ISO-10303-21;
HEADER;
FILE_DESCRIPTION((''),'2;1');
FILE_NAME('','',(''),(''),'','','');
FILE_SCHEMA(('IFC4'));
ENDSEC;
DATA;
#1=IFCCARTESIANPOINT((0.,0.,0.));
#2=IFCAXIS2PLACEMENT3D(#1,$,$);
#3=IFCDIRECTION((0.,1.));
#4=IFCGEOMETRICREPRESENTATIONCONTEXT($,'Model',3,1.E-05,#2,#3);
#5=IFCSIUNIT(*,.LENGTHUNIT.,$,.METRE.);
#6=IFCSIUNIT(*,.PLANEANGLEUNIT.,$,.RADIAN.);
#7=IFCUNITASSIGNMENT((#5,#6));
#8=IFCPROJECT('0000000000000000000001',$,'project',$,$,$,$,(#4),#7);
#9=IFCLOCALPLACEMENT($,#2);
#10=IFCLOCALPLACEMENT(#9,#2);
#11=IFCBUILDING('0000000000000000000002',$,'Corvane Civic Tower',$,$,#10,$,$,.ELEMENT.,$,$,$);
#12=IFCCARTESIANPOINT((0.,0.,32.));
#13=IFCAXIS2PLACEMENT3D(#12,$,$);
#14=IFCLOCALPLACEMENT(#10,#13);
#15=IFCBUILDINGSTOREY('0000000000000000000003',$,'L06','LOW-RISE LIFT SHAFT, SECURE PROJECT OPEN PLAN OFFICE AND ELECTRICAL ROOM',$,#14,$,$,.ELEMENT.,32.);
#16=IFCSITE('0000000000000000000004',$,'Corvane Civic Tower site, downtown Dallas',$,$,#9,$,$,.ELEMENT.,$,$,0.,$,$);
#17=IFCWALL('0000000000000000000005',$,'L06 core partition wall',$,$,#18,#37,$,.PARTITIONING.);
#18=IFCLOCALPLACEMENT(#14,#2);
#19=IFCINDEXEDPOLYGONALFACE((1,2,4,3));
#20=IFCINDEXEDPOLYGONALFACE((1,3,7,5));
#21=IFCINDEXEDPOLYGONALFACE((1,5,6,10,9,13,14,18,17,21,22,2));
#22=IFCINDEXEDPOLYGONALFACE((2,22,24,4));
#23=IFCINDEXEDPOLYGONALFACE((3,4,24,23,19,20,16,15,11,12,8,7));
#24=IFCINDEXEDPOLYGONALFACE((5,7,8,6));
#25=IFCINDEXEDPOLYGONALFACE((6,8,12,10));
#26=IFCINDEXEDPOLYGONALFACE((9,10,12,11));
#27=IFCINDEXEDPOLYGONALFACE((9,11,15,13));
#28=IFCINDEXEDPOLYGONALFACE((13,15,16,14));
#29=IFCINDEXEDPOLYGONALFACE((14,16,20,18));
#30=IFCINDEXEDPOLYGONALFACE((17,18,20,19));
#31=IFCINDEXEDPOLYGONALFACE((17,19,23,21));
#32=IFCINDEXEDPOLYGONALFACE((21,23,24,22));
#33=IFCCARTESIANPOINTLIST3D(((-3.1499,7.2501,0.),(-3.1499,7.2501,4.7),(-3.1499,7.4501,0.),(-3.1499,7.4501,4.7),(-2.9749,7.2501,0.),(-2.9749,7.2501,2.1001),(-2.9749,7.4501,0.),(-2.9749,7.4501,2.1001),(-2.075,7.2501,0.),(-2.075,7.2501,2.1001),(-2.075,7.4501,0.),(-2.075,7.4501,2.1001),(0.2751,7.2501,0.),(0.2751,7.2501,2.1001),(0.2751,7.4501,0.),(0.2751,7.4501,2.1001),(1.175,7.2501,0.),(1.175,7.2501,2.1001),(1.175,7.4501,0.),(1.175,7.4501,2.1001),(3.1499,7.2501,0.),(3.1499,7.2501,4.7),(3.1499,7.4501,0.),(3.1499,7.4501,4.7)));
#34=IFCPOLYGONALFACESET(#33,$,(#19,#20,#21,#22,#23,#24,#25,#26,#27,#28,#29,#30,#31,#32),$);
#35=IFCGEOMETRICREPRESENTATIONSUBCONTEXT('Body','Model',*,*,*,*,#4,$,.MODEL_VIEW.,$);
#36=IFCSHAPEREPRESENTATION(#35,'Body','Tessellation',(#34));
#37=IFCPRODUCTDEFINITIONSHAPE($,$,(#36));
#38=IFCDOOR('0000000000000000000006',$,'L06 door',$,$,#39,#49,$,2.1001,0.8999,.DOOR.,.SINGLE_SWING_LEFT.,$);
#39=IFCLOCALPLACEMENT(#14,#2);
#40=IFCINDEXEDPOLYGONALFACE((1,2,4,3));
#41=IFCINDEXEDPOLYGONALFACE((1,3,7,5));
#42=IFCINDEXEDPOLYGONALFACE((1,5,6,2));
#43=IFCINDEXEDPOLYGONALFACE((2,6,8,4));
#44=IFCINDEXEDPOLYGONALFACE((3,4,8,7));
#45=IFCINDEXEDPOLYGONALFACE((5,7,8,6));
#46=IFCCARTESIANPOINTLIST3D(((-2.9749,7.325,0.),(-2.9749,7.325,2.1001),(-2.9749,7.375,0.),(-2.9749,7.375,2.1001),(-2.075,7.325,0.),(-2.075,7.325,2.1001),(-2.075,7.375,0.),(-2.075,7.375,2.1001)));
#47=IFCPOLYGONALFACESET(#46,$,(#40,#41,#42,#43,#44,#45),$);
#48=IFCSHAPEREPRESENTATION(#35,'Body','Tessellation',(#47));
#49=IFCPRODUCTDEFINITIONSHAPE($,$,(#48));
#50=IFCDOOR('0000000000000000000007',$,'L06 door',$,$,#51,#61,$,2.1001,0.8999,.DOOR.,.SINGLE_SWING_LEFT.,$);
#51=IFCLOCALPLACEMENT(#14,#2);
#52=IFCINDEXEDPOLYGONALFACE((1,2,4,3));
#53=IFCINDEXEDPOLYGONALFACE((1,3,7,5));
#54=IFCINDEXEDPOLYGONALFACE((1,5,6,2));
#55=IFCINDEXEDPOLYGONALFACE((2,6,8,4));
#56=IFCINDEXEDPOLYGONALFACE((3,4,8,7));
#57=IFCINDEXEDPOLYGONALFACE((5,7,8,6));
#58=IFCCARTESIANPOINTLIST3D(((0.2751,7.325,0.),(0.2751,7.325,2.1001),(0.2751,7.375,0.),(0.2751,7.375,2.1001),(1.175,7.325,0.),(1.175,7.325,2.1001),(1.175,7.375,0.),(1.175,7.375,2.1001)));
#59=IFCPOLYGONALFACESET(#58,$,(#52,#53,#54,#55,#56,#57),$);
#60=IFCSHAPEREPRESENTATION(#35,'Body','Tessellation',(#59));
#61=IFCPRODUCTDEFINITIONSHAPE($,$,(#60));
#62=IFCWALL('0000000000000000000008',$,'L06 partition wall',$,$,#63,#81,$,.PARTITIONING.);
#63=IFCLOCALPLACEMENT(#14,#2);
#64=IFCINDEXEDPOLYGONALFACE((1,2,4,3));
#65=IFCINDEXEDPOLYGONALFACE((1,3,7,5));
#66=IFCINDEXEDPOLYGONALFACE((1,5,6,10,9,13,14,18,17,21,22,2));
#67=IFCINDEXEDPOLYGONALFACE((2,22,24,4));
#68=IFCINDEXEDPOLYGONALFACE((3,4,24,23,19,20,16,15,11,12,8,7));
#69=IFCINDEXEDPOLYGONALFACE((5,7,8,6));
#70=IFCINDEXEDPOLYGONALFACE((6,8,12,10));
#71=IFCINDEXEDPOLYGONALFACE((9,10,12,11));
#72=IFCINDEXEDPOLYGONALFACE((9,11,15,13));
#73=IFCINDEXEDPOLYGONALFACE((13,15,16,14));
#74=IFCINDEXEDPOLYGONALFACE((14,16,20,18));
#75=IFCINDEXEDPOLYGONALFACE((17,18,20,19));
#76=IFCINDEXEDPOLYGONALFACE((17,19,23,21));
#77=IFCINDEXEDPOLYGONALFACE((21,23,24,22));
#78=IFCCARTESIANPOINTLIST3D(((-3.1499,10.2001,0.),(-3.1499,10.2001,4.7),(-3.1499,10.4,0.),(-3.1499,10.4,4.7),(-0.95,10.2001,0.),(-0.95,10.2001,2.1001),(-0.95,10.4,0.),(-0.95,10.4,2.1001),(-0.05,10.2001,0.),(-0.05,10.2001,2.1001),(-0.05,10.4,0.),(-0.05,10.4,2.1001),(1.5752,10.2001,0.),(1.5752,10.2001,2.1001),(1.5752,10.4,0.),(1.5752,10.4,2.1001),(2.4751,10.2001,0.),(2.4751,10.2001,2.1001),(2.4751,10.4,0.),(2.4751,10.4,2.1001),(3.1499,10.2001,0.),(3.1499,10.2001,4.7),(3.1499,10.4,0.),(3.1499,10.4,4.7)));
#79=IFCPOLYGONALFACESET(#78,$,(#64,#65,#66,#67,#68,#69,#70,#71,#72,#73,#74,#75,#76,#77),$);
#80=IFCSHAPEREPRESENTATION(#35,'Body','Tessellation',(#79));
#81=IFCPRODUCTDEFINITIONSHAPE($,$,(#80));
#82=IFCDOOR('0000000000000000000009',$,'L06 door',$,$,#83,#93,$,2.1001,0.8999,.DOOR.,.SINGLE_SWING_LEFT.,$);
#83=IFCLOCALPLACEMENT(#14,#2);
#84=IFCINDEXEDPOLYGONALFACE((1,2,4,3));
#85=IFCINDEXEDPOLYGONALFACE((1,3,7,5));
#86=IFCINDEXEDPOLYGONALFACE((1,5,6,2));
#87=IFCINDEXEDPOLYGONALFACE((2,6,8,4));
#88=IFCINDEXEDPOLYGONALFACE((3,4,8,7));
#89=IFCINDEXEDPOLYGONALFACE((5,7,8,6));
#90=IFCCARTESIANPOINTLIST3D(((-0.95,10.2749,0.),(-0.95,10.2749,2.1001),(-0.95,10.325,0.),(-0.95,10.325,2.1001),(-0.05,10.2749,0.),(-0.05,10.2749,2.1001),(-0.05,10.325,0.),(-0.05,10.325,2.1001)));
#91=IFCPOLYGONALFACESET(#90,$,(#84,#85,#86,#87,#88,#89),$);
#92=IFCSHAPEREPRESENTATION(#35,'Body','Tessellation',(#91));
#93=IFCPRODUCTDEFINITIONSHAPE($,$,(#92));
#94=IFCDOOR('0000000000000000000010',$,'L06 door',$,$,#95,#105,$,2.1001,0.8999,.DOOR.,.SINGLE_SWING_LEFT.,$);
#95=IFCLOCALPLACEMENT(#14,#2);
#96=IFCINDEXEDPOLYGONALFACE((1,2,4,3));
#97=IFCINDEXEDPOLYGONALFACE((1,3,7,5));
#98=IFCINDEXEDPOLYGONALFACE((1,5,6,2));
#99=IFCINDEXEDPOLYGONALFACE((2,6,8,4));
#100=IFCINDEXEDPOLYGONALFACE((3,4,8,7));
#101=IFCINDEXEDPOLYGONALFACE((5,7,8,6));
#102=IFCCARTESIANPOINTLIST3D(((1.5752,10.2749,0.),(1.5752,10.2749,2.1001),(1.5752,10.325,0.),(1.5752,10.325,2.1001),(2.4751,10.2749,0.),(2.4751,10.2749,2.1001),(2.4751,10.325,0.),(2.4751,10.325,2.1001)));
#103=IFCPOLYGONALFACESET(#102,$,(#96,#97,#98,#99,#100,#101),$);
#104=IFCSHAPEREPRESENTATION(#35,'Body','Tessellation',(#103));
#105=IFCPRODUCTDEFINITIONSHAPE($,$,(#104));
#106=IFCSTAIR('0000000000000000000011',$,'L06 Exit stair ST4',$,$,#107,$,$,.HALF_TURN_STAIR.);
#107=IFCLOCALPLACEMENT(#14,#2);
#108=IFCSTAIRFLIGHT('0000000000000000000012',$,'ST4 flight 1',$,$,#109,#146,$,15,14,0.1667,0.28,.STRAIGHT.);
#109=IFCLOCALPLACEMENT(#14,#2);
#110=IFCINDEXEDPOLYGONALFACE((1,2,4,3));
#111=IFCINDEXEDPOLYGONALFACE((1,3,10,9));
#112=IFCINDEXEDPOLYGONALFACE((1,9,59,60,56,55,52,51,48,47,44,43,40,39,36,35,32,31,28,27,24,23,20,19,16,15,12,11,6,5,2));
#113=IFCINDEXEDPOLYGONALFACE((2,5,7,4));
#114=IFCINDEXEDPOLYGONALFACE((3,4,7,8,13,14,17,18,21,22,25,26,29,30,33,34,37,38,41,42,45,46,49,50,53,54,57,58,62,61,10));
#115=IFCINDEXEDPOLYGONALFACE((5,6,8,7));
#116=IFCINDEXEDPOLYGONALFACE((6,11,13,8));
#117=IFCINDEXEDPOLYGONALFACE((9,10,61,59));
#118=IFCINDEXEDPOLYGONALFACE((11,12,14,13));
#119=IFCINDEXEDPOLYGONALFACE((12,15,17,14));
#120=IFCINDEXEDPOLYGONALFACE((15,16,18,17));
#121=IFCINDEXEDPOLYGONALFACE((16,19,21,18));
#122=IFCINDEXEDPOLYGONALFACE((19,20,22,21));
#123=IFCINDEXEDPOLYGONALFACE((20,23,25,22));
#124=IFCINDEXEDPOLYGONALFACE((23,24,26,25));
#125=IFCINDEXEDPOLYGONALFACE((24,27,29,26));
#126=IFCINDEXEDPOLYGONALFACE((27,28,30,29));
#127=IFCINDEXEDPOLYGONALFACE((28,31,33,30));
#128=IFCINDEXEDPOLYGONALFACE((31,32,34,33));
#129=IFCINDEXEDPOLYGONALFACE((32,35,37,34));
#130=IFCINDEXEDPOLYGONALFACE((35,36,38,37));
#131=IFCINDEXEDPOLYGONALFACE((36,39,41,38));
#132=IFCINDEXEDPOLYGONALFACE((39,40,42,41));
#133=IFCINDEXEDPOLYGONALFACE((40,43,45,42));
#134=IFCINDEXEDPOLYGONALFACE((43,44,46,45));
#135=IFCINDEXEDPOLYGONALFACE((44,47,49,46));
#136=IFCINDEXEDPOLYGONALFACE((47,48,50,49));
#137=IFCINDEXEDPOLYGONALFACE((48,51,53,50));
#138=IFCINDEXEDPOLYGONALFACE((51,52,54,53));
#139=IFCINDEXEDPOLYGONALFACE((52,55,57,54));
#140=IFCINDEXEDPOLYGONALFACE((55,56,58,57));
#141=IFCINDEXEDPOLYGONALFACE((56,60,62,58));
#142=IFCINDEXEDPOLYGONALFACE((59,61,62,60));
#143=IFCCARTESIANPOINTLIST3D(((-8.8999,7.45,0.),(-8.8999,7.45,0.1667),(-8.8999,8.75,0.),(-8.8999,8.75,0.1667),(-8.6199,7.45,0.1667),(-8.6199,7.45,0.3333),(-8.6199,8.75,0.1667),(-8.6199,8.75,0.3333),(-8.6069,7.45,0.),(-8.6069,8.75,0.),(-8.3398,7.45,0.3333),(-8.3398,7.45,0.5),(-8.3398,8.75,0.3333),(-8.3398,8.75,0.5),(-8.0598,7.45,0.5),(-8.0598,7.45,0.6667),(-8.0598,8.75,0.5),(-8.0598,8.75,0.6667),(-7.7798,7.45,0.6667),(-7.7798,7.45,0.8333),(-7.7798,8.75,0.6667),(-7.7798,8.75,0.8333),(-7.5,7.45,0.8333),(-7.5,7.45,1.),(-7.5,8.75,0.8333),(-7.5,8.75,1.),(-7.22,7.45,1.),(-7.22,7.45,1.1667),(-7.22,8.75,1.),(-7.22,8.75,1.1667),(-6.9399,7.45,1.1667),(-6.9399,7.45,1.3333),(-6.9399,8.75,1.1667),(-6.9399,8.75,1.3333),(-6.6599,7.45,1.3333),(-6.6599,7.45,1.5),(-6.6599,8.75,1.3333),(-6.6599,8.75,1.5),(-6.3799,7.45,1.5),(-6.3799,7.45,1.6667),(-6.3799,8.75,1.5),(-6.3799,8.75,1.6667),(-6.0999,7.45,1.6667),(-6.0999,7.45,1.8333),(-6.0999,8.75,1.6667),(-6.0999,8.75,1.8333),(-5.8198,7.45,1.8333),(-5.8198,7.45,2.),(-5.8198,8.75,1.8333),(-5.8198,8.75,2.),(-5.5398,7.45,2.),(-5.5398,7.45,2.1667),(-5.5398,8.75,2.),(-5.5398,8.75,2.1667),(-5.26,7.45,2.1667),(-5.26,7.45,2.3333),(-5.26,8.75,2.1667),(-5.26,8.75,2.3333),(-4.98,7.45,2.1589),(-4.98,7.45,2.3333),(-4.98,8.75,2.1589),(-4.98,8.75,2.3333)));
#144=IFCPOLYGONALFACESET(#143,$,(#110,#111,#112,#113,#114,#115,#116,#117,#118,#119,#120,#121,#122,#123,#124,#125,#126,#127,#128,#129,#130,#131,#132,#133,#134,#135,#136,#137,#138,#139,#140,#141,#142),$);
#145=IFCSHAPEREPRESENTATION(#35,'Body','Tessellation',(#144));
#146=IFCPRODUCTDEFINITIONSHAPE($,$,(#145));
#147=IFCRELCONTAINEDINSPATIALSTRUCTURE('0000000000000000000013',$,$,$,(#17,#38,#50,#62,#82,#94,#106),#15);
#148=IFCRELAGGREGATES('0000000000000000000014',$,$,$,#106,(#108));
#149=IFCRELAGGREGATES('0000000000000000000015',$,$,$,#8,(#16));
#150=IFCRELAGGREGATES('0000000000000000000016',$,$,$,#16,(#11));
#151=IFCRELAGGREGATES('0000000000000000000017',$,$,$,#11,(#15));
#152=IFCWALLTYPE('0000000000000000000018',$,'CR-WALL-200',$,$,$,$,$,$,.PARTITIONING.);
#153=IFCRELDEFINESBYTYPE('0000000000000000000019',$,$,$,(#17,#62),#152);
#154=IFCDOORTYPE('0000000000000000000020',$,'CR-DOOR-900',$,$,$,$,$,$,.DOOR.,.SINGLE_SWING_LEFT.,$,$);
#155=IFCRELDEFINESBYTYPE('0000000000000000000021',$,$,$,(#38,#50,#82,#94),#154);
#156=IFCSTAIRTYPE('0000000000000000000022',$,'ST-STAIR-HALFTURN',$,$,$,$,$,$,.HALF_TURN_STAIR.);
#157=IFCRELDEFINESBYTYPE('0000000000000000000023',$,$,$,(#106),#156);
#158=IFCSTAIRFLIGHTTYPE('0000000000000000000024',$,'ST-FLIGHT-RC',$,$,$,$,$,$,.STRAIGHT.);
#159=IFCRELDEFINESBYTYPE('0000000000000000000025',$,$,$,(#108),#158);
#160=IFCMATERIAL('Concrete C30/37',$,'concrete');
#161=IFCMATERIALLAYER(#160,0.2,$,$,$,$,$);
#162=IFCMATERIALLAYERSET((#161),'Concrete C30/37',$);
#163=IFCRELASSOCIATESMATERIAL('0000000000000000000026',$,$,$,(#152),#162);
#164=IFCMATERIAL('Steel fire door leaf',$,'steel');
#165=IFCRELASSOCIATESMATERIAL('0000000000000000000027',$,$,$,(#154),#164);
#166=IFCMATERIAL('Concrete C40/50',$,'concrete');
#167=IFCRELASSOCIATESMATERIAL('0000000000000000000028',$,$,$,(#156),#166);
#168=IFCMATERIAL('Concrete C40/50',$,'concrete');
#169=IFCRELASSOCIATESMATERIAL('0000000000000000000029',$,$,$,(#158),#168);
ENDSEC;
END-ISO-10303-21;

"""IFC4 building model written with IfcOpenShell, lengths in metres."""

from ifc_helpers import new_model, si_unit, direction, frame, frame_2d, origin, place, context, subcontext, project, spatial, polyline, rectangle, outline, extrude, material, layer, layer_set, type_object, element, fill, aggregate, save


model = new_model("IFC4")

# Units and contexts
model_context = context("Model", 3, precision=1e-05, world=origin(), true_north=direction((0.0, 1.0)))
body_context = subcontext(model_context, "Body", "Model", "MODEL_VIEW")
ifc_project = project(units=[si_unit("LENGTHUNIT", "METRE"), si_unit("PLANEANGLEUNIT", "RADIAN")], contexts=[model_context])

# Site, building, storey
site_placement = place(None, origin())
site = spatial("IfcSite", under=ifc_project, at=site_placement, Name="Corvane Civic Tower site, downtown Dallas", CompositionType="ELEMENT", RefElevation=0.0)
building_placement = place(site_placement, origin())
building = spatial("IfcBuilding", under=site, at=building_placement, Name="Corvane Civic Tower", CompositionType="ELEMENT")
storey_placement = place(building_placement, frame((0.0, 0.0, 32.0)))
storey = spatial("IfcBuildingStorey", under=building, at=storey_placement, Name="L06", Description="LOW-RISE LIFT SHAFT, SECURE PROJECT OPEN PLAN OFFICE AND ELECTRICAL ROOM", CompositionType="ELEMENT", Elevation=32.0)

# Walls, openings, doors
ifc_material_1 = material(Name="Concrete C30/37", Category="concrete")
ifc_layer_1 = layer(ifc_material_1, 0.2)
ifc_layer_set_1 = layer_set([ifc_layer_1], Name="Concrete C30/37")
wall_type = type_object("IfcWallType", Name="CR-WALL-200", PredefinedType="PARTITIONING", material=ifc_layer_set_1)
wall_1_placement = place(storey_placement, frame((-3.1499, 7.3501, 0.0), z_axis=(0.0, 0.0, 1.0), x_axis=(1.0, 0.0, 0.0)))
wall_1 = element("IfcWall", 1, at=wall_1_placement, inside=storey, type_object=wall_type, Name="L06 core partition wall", PredefinedType="PARTITIONING", context=body_context, shape_type="SweptSolid", body=[
    extrude(rectangle(XDim=6.2998, YDim=0.2, at=frame_2d((3.1499, 0.0))), origin(), (0.0, 0.0, 1.0), 4.7),
])
opening_1_placement = place(wall_1_placement, frame((0.175, 0.0, 0.0)))
opening_1 = element("IfcOpeningElement", 2, at=opening_1_placement, cuts=wall_1, PredefinedType="OPENING", context=body_context, shape_type="SweptSolid", body=[
    extrude(rectangle(XDim=0.8999, YDim=2.1001, at=frame_2d((0.45, 1.05))), frame((0.0, 0.1099, 0.0), z_axis=(0.0, -1.0, 0.0), x_axis=(1.0, 0.0, 0.0)), (0.0, 0.0, 1.0), 0.22),
])
opening_2_placement = place(wall_1_placement, frame((3.425, 0.0, 0.0)))
opening_2 = element("IfcOpeningElement", 3, at=opening_2_placement, cuts=wall_1, PredefinedType="OPENING", context=body_context, shape_type="SweptSolid", body=[
    extrude(rectangle(XDim=0.8999, YDim=2.1001, at=frame_2d((0.45, 1.05))), frame((0.0, 0.1099, 0.0), z_axis=(0.0, -1.0, 0.0), x_axis=(1.0, 0.0, 0.0)), (0.0, 0.0, 1.0), 0.22),
])
ifc_material_2 = material(Name="Steel fire door leaf", Category="steel")
door_type = type_object("IfcDoorType", Name="CR-DOOR-900", OperationType="SINGLE_SWING_LEFT", PredefinedType="DOOR", material=ifc_material_2)
door_1_placement = place(opening_1_placement, origin())
door_1 = element("IfcDoor", 4, at=door_1_placement, inside=storey, type_object=door_type, Name="L06 door", OperationType="SINGLE_SWING_LEFT", OverallHeight=2.1001, OverallWidth=0.8999, PredefinedType="DOOR", context=body_context, shape_type="SweptSolid", body=[
    extrude(rectangle(XDim=0.8999, YDim=2.1001, at=frame_2d((0.45, 1.05))), frame((0.0, 0.0249, 0.0), z_axis=(0.0, -1.0, 0.0), x_axis=(1.0, 0.0, 0.0)), (0.0, 0.0, 1.0), 0.05),
])
fill(opening_1, door_1)
door_2_placement = place(opening_2_placement, origin())
door_2 = element("IfcDoor", 5, at=door_2_placement, inside=storey, type_object=door_type, Name="L06 door", OperationType="SINGLE_SWING_LEFT", OverallHeight=2.1001, OverallWidth=0.8999, PredefinedType="DOOR", context=body_context, shape_type="SweptSolid", body=[
    extrude(rectangle(XDim=0.8999, YDim=2.1001, at=frame_2d((0.45, 1.05))), frame((0.0, 0.0249, 0.0), z_axis=(0.0, -1.0, 0.0), x_axis=(1.0, 0.0, 0.0)), (0.0, 0.0, 1.0), 0.05),
])
fill(opening_2, door_2)
wall_2_placement = place(storey_placement, frame((-3.1499, 10.3, 0.0), z_axis=(0.0, 0.0, 1.0), x_axis=(1.0, 0.0, 0.0)))
wall_2 = element("IfcWall", 6, at=wall_2_placement, inside=storey, type_object=wall_type, Name="L06 partition wall", PredefinedType="PARTITIONING", context=body_context, shape_type="SweptSolid", body=[
    extrude(rectangle(XDim=6.2998, YDim=0.2, at=frame_2d((3.1499, 0.0))), origin(), (0.0, 0.0, 1.0), 4.7),
])
opening_3_placement = place(wall_2_placement, frame((2.2, 0.0, 0.0)))
opening_3 = element("IfcOpeningElement", 7, at=opening_3_placement, cuts=wall_2, PredefinedType="OPENING", context=body_context, shape_type="SweptSolid", body=[
    extrude(rectangle(XDim=0.8999, YDim=2.1001, at=frame_2d((0.45, 1.05))), frame((0.0, 0.1099, 0.0), z_axis=(0.0, -1.0, 0.0), x_axis=(1.0, 0.0, 0.0)), (0.0, 0.0, 1.0), 0.22),
])
opening_4_placement = place(wall_2_placement, frame((4.7251, 0.0, 0.0)))
opening_4 = element("IfcOpeningElement", 8, at=opening_4_placement, cuts=wall_2, PredefinedType="OPENING", context=body_context, shape_type="SweptSolid", body=[
    extrude(rectangle(XDim=0.8999, YDim=2.1001, at=frame_2d((0.45, 1.05))), frame((0.0, 0.1099, 0.0), z_axis=(0.0, -1.0, 0.0), x_axis=(1.0, 0.0, 0.0)), (0.0, 0.0, 1.0), 0.22),
])
door_3_placement = place(opening_3_placement, origin())
door_3 = element("IfcDoor", 9, at=door_3_placement, inside=storey, type_object=door_type, Name="L06 door", OperationType="SINGLE_SWING_LEFT", OverallHeight=2.1001, OverallWidth=0.8999, PredefinedType="DOOR", context=body_context, shape_type="SweptSolid", body=[
    extrude(rectangle(XDim=0.8999, YDim=2.1001, at=frame_2d((0.45, 1.05))), frame((0.0, 0.0249, 0.0), z_axis=(0.0, -1.0, 0.0), x_axis=(1.0, 0.0, 0.0)), (0.0, 0.0, 1.0), 0.05),
])
fill(opening_3, door_3)
door_4_placement = place(opening_4_placement, origin())
door_4 = element("IfcDoor", 10, at=door_4_placement, inside=storey, type_object=door_type, Name="L06 door", OperationType="SINGLE_SWING_LEFT", OverallHeight=2.1001, OverallWidth=0.8999, PredefinedType="DOOR", context=body_context, shape_type="SweptSolid", body=[
    extrude(rectangle(XDim=0.8999, YDim=2.1001, at=frame_2d((0.45, 1.05))), frame((0.0, 0.0249, 0.0), z_axis=(0.0, -1.0, 0.0), x_axis=(1.0, 0.0, 0.0)), (0.0, 0.0, 1.0), 0.05),
])
fill(opening_4, door_4)

# Stair, stair flight
ifc_material_3 = material(Name="Concrete C40/50", Category="concrete")
stair_type = type_object("IfcStairType", Name="ST-STAIR-HALFTURN", PredefinedType="HALF_TURN_STAIR", material=ifc_material_3)
stair_placement = place(storey_placement, origin())
stair = element("IfcStair", 11, at=stair_placement, inside=storey, type_object=stair_type, Name="L06 Exit stair ST4", PredefinedType="HALF_TURN_STAIR")
ifc_material_4 = material(Name="Concrete C40/50", Category="concrete")
stair_flight_type = type_object("IfcStairFlightType", Name="ST-FLIGHT-RC", PredefinedType="STRAIGHT", material=ifc_material_4)
stair_flight_1_placement = place(storey_placement, frame((-8.8999, 8.1001, 0.0), z_axis=(0.0, 0.0, 1.0), x_axis=(1.0, 0.0, 0.0)))
stair_flight_1 = element("IfcStairFlight", 12, at=stair_flight_1_placement, type_object=stair_flight_type, Name="ST4 flight 1", NumberOfRisers=15, NumberOfTreads=14, PredefinedType="STRAIGHT", RiserHeight=0.1667, TreadLength=0.28, context=body_context, shape_type="SweptSolid", body=[
    extrude(outline(polyline([(0.0, 0.0), (0.0, 0.1667), (0.28, 0.1667), (0.28, 0.3333), (0.5601, 0.3333), (0.5601, 0.5), (0.8401, 0.5), (0.8401, 0.6667), (1.1201, 0.6667), (1.1201, 0.8333), (1.3999, 0.8333), (1.3999, 1.0), (1.6799, 1.0), (1.6799, 1.1667), (1.96, 1.1667), (1.96, 1.3333), (2.24, 1.3333), (2.24, 1.5), (2.52, 1.5), (2.52, 1.6667), (2.8, 1.6667), (2.8, 1.8333), (3.0801, 1.8333), (3.0801, 2.0), (3.3601, 2.0), (3.3601, 2.1667), (3.6399, 2.1667), (3.6399, 2.3333), (3.9199, 2.3333), (3.9199, 2.5), (3.9199, 2.1589), (0.293, 0.0), (0.0, 0.0)])), frame((0.0, 0.6499, 0.0), z_axis=(0.0, -1.0, 0.0), x_axis=(1.0, 0.0, 0.0)), (0.0, 0.0, 1.0), 1.3),
])
aggregate(stair, [stair_flight_1])

save(model, "model.ifc")
